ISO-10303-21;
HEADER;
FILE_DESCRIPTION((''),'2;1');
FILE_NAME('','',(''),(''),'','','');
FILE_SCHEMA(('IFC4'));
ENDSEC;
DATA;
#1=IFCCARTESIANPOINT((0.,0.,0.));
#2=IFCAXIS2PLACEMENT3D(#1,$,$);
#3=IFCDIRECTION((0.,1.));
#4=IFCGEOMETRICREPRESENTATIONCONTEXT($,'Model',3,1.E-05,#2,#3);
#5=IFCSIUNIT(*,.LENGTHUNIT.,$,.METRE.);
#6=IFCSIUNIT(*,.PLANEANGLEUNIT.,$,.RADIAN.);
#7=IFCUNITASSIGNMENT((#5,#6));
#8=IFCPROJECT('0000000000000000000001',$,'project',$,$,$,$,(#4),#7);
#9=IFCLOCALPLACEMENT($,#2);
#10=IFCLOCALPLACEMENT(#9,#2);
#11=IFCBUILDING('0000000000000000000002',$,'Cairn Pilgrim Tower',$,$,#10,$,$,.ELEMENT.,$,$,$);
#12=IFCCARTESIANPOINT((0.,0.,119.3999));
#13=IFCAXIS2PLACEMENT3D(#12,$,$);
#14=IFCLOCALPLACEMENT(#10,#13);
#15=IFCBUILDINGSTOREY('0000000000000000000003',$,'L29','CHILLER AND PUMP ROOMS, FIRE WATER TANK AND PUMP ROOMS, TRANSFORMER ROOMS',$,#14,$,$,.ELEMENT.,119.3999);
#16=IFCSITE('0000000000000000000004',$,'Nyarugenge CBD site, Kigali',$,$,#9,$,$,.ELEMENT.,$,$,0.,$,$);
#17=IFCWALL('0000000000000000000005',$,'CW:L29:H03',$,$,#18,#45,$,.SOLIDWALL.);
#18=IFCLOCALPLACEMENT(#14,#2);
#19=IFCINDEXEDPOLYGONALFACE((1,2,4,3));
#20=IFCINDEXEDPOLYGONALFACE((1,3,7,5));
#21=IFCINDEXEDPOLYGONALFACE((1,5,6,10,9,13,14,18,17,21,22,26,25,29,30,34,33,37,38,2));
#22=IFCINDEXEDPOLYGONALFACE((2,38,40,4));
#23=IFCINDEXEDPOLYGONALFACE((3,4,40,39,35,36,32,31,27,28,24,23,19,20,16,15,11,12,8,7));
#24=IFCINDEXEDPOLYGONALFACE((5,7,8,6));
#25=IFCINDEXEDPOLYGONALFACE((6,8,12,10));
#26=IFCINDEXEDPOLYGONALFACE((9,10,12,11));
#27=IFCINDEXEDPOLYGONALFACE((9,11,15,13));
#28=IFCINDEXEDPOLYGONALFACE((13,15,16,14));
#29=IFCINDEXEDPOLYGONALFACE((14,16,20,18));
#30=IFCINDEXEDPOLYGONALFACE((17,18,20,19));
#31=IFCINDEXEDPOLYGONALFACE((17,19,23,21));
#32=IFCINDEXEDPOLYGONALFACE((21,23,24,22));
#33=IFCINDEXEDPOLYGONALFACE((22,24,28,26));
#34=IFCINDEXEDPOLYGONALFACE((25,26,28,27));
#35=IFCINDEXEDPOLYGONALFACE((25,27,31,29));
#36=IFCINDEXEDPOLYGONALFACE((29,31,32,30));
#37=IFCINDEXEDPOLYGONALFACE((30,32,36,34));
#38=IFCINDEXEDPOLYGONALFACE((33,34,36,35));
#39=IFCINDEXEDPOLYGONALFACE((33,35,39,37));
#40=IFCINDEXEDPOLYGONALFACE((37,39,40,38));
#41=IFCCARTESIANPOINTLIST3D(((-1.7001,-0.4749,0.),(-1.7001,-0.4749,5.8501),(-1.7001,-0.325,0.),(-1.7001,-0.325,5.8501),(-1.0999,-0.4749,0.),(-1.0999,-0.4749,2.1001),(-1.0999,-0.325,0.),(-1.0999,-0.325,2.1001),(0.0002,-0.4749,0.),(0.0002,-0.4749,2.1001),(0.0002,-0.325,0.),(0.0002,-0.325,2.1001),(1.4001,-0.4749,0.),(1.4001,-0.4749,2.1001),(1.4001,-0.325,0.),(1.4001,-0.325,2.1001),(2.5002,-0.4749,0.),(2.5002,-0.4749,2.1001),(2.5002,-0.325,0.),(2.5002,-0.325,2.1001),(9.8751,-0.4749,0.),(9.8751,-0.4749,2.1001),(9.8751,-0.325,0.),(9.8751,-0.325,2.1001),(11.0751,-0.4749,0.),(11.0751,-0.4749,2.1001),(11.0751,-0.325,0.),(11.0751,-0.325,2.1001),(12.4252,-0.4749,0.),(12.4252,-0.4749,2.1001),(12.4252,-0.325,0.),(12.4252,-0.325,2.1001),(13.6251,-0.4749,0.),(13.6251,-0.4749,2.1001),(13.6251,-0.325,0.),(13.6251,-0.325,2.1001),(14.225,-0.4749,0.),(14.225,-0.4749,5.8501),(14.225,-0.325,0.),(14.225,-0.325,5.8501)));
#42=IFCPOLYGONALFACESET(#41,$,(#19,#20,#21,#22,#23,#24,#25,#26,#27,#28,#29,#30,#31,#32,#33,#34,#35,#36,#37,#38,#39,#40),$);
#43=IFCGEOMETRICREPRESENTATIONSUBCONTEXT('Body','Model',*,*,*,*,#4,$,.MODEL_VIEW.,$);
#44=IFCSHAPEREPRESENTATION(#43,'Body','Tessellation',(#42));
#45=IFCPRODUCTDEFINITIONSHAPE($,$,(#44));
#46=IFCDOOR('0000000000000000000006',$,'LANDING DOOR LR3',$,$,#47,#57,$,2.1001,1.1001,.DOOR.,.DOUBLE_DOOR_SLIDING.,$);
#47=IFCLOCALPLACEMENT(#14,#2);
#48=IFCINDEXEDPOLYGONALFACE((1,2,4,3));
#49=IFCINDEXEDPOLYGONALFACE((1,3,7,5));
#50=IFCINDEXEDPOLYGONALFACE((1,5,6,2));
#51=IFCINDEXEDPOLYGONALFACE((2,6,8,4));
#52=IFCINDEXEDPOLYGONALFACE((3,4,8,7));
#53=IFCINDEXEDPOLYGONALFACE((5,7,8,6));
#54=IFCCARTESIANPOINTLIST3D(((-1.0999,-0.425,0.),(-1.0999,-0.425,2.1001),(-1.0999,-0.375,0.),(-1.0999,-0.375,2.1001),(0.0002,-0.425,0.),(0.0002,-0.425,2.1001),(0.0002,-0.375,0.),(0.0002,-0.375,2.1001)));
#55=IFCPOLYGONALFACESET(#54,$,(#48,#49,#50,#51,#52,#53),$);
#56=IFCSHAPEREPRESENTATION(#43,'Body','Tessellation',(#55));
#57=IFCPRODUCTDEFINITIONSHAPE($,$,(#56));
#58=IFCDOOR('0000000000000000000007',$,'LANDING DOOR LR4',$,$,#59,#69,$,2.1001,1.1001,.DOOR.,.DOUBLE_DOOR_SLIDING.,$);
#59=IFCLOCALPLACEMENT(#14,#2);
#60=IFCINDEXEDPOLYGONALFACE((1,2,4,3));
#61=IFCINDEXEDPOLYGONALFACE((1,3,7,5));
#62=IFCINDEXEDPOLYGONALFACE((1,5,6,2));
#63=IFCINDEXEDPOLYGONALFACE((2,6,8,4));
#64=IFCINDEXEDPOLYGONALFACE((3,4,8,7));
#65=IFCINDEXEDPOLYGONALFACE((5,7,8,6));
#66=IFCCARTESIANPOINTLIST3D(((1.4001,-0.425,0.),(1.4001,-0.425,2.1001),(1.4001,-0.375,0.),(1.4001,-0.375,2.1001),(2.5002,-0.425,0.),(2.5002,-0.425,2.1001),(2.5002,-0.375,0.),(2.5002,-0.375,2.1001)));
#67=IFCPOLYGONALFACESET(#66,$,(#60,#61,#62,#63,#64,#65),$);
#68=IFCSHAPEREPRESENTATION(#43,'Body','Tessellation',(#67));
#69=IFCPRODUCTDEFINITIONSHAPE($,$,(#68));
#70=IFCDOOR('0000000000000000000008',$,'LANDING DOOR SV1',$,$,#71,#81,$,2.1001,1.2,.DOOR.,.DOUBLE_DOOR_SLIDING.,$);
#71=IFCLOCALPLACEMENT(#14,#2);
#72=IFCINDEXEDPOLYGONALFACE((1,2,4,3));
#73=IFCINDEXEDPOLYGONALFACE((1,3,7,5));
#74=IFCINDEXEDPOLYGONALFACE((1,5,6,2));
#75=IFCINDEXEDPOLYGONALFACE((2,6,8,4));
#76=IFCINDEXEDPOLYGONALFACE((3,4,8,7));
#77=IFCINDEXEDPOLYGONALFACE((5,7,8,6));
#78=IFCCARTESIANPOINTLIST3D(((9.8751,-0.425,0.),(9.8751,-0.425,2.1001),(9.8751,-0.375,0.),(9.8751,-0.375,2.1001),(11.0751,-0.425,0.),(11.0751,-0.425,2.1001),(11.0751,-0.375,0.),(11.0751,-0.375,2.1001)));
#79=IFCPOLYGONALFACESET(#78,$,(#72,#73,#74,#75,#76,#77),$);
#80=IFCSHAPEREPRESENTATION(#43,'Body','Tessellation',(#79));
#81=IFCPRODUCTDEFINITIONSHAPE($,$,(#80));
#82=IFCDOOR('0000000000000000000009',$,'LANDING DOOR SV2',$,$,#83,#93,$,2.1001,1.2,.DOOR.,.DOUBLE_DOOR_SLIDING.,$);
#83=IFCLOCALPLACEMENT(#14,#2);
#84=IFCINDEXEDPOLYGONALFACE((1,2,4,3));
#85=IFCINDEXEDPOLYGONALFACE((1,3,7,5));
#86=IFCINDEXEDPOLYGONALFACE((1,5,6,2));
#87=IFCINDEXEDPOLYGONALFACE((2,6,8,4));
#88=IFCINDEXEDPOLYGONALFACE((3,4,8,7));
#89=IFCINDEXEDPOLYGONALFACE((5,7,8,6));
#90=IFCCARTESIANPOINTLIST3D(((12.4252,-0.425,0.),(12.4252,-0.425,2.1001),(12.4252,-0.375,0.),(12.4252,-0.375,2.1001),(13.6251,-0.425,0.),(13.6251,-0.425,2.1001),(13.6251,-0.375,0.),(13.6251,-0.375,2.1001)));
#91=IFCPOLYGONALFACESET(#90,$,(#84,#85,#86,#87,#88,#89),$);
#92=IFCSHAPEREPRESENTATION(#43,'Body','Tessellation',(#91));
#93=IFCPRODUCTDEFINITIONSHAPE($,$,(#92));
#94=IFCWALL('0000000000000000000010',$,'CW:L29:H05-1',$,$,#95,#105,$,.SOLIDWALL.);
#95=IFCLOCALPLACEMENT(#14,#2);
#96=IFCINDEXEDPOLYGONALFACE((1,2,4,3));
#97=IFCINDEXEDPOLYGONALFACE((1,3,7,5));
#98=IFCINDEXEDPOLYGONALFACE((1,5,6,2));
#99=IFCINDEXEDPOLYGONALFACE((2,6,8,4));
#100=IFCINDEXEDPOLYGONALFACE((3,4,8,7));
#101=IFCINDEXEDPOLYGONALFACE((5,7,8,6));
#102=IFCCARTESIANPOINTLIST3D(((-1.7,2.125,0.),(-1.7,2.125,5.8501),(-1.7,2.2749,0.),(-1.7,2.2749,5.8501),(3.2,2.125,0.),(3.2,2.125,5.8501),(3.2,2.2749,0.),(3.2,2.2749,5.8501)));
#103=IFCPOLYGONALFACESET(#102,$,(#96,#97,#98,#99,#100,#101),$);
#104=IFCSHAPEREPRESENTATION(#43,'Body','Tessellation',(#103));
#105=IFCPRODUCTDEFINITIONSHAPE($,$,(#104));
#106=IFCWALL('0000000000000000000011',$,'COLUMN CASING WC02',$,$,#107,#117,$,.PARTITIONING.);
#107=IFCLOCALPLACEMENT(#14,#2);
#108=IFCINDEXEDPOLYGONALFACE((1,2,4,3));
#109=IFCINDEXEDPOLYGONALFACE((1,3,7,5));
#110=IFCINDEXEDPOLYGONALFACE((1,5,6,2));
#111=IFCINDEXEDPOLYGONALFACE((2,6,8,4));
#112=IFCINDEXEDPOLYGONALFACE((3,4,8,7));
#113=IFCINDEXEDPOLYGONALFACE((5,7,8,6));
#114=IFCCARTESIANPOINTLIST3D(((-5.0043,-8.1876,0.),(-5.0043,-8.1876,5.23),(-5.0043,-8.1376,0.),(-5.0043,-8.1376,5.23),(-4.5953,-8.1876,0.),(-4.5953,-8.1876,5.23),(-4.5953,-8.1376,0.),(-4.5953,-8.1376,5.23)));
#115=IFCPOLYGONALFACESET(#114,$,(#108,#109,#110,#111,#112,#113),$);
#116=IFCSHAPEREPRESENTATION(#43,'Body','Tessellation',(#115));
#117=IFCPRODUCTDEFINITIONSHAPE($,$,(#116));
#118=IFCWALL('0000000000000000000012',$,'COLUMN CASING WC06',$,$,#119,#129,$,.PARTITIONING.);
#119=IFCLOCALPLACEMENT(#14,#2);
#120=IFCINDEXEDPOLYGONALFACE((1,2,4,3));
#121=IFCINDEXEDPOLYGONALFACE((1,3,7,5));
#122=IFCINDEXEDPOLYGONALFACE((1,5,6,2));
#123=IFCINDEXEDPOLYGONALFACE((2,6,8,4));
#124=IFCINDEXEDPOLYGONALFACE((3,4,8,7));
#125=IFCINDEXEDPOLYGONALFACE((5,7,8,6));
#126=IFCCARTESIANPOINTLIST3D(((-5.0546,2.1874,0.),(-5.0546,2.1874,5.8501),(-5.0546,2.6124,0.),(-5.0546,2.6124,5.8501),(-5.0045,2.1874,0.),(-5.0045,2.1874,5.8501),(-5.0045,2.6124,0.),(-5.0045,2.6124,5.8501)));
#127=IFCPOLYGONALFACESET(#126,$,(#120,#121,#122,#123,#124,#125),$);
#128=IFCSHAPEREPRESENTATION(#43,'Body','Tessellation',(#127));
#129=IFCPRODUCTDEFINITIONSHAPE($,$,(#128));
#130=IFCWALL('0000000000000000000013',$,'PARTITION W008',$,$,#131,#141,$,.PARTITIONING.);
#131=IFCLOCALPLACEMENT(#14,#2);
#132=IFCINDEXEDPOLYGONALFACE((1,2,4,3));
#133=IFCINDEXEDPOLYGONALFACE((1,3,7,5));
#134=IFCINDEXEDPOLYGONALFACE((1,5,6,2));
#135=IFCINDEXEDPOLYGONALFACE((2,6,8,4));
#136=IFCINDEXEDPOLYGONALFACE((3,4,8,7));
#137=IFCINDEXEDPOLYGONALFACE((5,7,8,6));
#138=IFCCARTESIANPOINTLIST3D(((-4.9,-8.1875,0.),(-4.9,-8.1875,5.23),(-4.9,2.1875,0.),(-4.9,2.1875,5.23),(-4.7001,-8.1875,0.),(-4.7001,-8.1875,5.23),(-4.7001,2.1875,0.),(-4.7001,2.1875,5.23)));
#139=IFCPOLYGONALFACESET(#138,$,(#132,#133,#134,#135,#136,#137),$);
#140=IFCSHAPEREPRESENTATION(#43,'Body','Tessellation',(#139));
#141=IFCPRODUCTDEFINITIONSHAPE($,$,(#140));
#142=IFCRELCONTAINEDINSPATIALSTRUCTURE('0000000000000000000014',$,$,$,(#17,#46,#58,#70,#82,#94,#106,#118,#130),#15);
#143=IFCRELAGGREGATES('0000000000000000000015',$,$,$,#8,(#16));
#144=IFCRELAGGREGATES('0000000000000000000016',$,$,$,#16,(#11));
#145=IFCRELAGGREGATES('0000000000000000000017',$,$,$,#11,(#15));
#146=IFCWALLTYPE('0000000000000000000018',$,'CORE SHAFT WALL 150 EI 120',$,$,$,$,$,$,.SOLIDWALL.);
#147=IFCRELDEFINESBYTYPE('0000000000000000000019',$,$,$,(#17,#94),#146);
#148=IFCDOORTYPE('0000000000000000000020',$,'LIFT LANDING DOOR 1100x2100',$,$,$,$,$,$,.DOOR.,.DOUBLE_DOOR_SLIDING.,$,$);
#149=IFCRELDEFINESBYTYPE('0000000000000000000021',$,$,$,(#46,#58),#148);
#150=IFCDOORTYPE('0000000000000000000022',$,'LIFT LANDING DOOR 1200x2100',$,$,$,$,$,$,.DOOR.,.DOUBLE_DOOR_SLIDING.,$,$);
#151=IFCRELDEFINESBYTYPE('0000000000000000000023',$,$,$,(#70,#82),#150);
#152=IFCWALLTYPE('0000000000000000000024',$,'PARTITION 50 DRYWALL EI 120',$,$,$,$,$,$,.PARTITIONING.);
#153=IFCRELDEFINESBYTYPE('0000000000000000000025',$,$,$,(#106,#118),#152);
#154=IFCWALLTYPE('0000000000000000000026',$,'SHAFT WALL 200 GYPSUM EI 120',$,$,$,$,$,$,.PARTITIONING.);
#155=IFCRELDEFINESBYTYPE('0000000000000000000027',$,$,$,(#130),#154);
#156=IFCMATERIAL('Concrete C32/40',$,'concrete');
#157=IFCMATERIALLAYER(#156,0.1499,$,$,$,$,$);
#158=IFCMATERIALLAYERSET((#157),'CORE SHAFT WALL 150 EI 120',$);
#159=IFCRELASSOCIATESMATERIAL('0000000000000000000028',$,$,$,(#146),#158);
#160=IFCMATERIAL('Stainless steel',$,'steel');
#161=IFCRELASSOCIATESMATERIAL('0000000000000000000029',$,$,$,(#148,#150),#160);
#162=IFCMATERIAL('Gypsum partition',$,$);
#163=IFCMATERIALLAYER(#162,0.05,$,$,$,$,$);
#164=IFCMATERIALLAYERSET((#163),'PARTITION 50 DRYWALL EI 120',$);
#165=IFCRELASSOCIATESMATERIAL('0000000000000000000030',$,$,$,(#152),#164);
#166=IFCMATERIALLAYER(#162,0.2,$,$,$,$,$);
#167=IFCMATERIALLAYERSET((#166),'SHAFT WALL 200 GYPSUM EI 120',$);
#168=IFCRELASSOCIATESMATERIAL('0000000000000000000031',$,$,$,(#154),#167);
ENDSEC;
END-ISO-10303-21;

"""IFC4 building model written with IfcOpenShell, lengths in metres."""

from ifc_helpers import new_model, si_unit, direction, frame, frame_2d, origin, place, context, subcontext, project, spatial, rectangle, extrude, material, layer, layer_set, type_object, element, fill, save


model = new_model("IFC4")

# Units and contexts
model_context = context("Model", 3, precision=1e-05, world=origin(), true_north=direction((0.0, 1.0)))
body_context = subcontext(model_context, "Body", "Model", "MODEL_VIEW")
ifc_project = project(units=[si_unit("LENGTHUNIT", "METRE"), si_unit("PLANEANGLEUNIT", "RADIAN")], contexts=[model_context])

# Site, building, storey
site_placement = place(None, origin())
site = spatial("IfcSite", under=ifc_project, at=site_placement, Name="Nyarugenge CBD site, Kigali", CompositionType="ELEMENT", RefElevation=0.0)
building_placement = place(site_placement, origin())
building = spatial("IfcBuilding", under=site, at=building_placement, Name="Cairn Pilgrim Tower", CompositionType="ELEMENT")
storey_placement = place(building_placement, frame((0.0, 0.0, 119.3999)))
storey = spatial("IfcBuildingStorey", under=building, at=storey_placement, Name="L29", Description="CHILLER AND PUMP ROOMS, FIRE WATER TANK AND PUMP ROOMS, TRANSFORMER ROOMS", CompositionType="ELEMENT", Elevation=119.3999)

# Shared definitions
ifc_material_1 = material(Name="Concrete C32/40", Category="concrete")

# Wall, openings, doors
ifc_layer_1 = layer(ifc_material_1, 0.1499)
ifc_layer_set_1 = layer_set([ifc_layer_1], Name="CORE SHAFT WALL 150 EI 120")
wall_type_1 = type_object("IfcWallType", Name="CORE SHAFT WALL 150 EI 120", PredefinedType="SOLIDWALL", material=ifc_layer_set_1)
ifc_material_2 = material(Name="Stainless steel", Category="steel")
door_type_1 = type_object("IfcDoorType", Name="LIFT LANDING DOOR 1100x2100", OperationType="DOUBLE_DOOR_SLIDING", PredefinedType="DOOR", material=ifc_material_2)
wall_1_placement = place(storey_placement, frame((-1.7, -0.3999, 0.0), z_axis=(0.0, 0.0, 1.0), x_axis=(1.0, 0.0, 0.0)))
wall_1 = element("IfcWall", 1, at=wall_1_placement, inside=storey, type_object=wall_type_1, Name="CW:L29:H03", PredefinedType="SOLIDWALL", context=body_context, shape_type="SweptSolid", body=[
    extrude(rectangle(XDim=15.925, YDim=0.1499, at=frame_2d((7.9624, 0.0))), origin(), (0.0, 0.0, 1.0), 5.8501),
])
opening_1_placement = place(wall_1_placement, frame((0.6001, 0.0, 0.0)))
opening_1 = element("IfcOpeningElement", 2, at=opening_1_placement, cuts=wall_1, PredefinedType="OPENING", context=body_context, shape_type="SweptSolid", body=[
    extrude(rectangle(XDim=1.1001, YDim=2.1001, at=frame_2d((0.55, 1.05))), frame((0.0, 0.085, 0.0), z_axis=(0.0, -1.0, 0.0), x_axis=(1.0, 0.0, 0.0)), (0.0, 0.0, 1.0), 0.1699),
])
opening_2_placement = place(wall_1_placement, frame((3.1001, 0.0, 0.0)))
opening_2 = element("IfcOpeningElement", 3, at=opening_2_placement, cuts=wall_1, PredefinedType="OPENING", context=body_context, shape_type="SweptSolid", body=[
    extrude(rectangle(XDim=1.1001, YDim=2.1001, at=frame_2d((0.55, 1.05))), frame((0.0, 0.085, 0.0), z_axis=(0.0, -1.0, 0.0), x_axis=(1.0, 0.0, 0.0)), (0.0, 0.0, 1.0), 0.1699),
])
opening_3_placement = place(wall_1_placement, frame((11.575, 0.0, 0.0)))
opening_3 = element("IfcOpeningElement", 4, at=opening_3_placement, cuts=wall_1, PredefinedType="OPENING", context=body_context, shape_type="SweptSolid", body=[
    extrude(rectangle(XDim=1.2, YDim=2.1001, at=frame_2d((0.6001, 1.05))), frame((0.0, 0.085, 0.0), z_axis=(0.0, -1.0, 0.0), x_axis=(1.0, 0.0, 0.0)), (0.0, 0.0, 1.0), 0.1699),
])
opening_4_placement = place(wall_1_placement, frame((14.125, 0.0, 0.0)))
opening_4 = element("IfcOpeningElement", 5, at=opening_4_placement, cuts=wall_1, PredefinedType="OPENING", context=body_context, shape_type="SweptSolid", body=[
    extrude(rectangle(XDim=1.2, YDim=2.1001, at=frame_2d((0.6001, 1.05))), frame((0.0, 0.085, 0.0), z_axis=(0.0, -1.0, 0.0), x_axis=(1.0, 0.0, 0.0)), (0.0, 0.0, 1.0), 0.1699),
])
door_1_placement = place(opening_1_placement, origin())
door_1 = element("IfcDoor", 6, at=door_1_placement, inside=storey, type_object=door_type_1, Name="LANDING DOOR LR3", OperationType="DOUBLE_DOOR_SLIDING", OverallHeight=2.1001, OverallWidth=1.1001, PredefinedType="DOOR", context=body_context, shape_type="SweptSolid", body=[
    extrude(rectangle(XDim=1.1001, YDim=2.1001, at=frame_2d((0.55, 1.05))), frame((0.0, 0.0249, 0.0), z_axis=(0.0, -1.0, 0.0), x_axis=(1.0, 0.0, 0.0)), (0.0, 0.0, 1.0), 0.05),
])
fill(opening_1, door_1)
door_2_placement = place(opening_2_placement, origin())
door_2 = element("IfcDoor", 7, at=door_2_placement, inside=storey, type_object=door_type_1, Name="LANDING DOOR LR4", OperationType="DOUBLE_DOOR_SLIDING", OverallHeight=2.1001, OverallWidth=1.1001, PredefinedType="DOOR", context=body_context, shape_type="SweptSolid", body=[
    extrude(rectangle(XDim=1.1001, YDim=2.1001, at=frame_2d((0.55, 1.05))), frame((0.0, 0.0249, 0.0), z_axis=(0.0, -1.0, 0.0), x_axis=(1.0, 0.0, 0.0)), (0.0, 0.0, 1.0), 0.05),
])
fill(opening_2, door_2)
door_type_2 = type_object("IfcDoorType", Name="LIFT LANDING DOOR 1200x2100", OperationType="DOUBLE_DOOR_SLIDING", PredefinedType="DOOR", material=ifc_material_2)
door_3_placement = place(opening_3_placement, origin())
door_3 = element("IfcDoor", 8, at=door_3_placement, inside=storey, type_object=door_type_2, Name="LANDING DOOR SV1", OperationType="DOUBLE_DOOR_SLIDING", OverallHeight=2.1001, OverallWidth=1.2, PredefinedType="DOOR", context=body_context, shape_type="SweptSolid", body=[
    extrude(rectangle(XDim=1.2, YDim=2.1001, at=frame_2d((0.6001, 1.05))), frame((0.0, 0.0249, 0.0), z_axis=(0.0, -1.0, 0.0), x_axis=(1.0, 0.0, 0.0)), (0.0, 0.0, 1.0), 0.05),
])
fill(opening_3, door_3)
door_4_placement = place(opening_4_placement, origin())
door_4 = element("IfcDoor", 9, at=door_4_placement, inside=storey, type_object=door_type_2, Name="LANDING DOOR SV2", OperationType="DOUBLE_DOOR_SLIDING", OverallHeight=2.1001, OverallWidth=1.2, PredefinedType="DOOR", context=body_context, shape_type="SweptSolid", body=[
    extrude(rectangle(XDim=1.2, YDim=2.1001, at=frame_2d((0.6001, 1.05))), frame((0.0, 0.0249, 0.0), z_axis=(0.0, -1.0, 0.0), x_axis=(1.0, 0.0, 0.0)), (0.0, 0.0, 1.0), 0.05),
])
fill(opening_4, door_4)

# Walls
wall_2_placement = place(storey_placement, frame((-1.7, 2.2, 0.0), z_axis=(0.0, 0.0, 1.0), x_axis=(1.0, 0.0, 0.0)))
element("IfcWall", 10, at=wall_2_placement, inside=storey, type_object=wall_type_1, Name="CW:L29:H05-1", PredefinedType="SOLIDWALL", context=body_context, shape_type="SweptSolid", body=[
    extrude(rectangle(XDim=4.8999, YDim=0.1499, at=frame_2d((2.45, 0.0))), origin(), (0.0, 0.0, 1.0), 5.8501),
])
ifc_material_3 = material(Name="Gypsum partition")
ifc_layer_2 = layer(ifc_material_3, 0.05)
ifc_layer_set_2 = layer_set([ifc_layer_2], Name="PARTITION 50 DRYWALL EI 120")
wall_type_2 = type_object("IfcWallType", Name="PARTITION 50 DRYWALL EI 120", PredefinedType="PARTITIONING", material=ifc_layer_set_2)
wall_3_placement = place(storey_placement, frame((-5.0044, -8.1626, 0.0), z_axis=(0.0, 0.0, 1.0), x_axis=(1.0, 0.0, 0.0)))
element("IfcWall", 11, at=wall_3_placement, inside=storey, type_object=wall_type_2, Name="COLUMN CASING WC02", PredefinedType="PARTITIONING", context=body_context, shape_type="SweptSolid", body=[
    extrude(rectangle(XDim=0.4089, YDim=0.05, at=frame_2d((0.2046, 0.0))), origin(), (0.0, 0.0, 1.0), 5.23),
])
wall_4_placement = place(storey_placement, frame((-5.0295, 2.1875, 0.0), z_axis=(0.0, 0.0, 1.0), x_axis=(0.0, 1.0, 0.0)))
element("IfcWall", 12, at=wall_4_placement, inside=storey, type_object=wall_type_2, Name="COLUMN CASING WC06", PredefinedType="PARTITIONING", context=body_context, shape_type="SweptSolid", body=[
    extrude(rectangle(XDim=0.425, YDim=0.05, at=frame_2d((0.2124, 0.0))), origin(), (0.0, 0.0, 1.0), 5.8501),
])
ifc_layer_3 = layer(ifc_material_3, 0.2)
ifc_layer_set_3 = layer_set([ifc_layer_3], Name="SHAFT WALL 200 GYPSUM EI 120")
wall_type_3 = type_object("IfcWallType", Name="SHAFT WALL 200 GYPSUM EI 120", PredefinedType="PARTITIONING", material=ifc_layer_set_3)
wall_5_placement = place(storey_placement, frame((-4.8, -8.1875, 0.0), z_axis=(0.0, 0.0, 1.0), x_axis=(0.0, 1.0, 0.0)))
element("IfcWall", 13, at=wall_5_placement, inside=storey, type_object=wall_type_3, Name="PARTITION W008", PredefinedType="PARTITIONING", context=body_context, shape_type="SweptSolid", body=[
    extrude(rectangle(XDim=10.375, YDim=0.2, at=frame_2d((5.1875, 0.0))), origin(), (0.0, 0.0, 1.0), 5.23),
])

save(model, "model.ifc")
